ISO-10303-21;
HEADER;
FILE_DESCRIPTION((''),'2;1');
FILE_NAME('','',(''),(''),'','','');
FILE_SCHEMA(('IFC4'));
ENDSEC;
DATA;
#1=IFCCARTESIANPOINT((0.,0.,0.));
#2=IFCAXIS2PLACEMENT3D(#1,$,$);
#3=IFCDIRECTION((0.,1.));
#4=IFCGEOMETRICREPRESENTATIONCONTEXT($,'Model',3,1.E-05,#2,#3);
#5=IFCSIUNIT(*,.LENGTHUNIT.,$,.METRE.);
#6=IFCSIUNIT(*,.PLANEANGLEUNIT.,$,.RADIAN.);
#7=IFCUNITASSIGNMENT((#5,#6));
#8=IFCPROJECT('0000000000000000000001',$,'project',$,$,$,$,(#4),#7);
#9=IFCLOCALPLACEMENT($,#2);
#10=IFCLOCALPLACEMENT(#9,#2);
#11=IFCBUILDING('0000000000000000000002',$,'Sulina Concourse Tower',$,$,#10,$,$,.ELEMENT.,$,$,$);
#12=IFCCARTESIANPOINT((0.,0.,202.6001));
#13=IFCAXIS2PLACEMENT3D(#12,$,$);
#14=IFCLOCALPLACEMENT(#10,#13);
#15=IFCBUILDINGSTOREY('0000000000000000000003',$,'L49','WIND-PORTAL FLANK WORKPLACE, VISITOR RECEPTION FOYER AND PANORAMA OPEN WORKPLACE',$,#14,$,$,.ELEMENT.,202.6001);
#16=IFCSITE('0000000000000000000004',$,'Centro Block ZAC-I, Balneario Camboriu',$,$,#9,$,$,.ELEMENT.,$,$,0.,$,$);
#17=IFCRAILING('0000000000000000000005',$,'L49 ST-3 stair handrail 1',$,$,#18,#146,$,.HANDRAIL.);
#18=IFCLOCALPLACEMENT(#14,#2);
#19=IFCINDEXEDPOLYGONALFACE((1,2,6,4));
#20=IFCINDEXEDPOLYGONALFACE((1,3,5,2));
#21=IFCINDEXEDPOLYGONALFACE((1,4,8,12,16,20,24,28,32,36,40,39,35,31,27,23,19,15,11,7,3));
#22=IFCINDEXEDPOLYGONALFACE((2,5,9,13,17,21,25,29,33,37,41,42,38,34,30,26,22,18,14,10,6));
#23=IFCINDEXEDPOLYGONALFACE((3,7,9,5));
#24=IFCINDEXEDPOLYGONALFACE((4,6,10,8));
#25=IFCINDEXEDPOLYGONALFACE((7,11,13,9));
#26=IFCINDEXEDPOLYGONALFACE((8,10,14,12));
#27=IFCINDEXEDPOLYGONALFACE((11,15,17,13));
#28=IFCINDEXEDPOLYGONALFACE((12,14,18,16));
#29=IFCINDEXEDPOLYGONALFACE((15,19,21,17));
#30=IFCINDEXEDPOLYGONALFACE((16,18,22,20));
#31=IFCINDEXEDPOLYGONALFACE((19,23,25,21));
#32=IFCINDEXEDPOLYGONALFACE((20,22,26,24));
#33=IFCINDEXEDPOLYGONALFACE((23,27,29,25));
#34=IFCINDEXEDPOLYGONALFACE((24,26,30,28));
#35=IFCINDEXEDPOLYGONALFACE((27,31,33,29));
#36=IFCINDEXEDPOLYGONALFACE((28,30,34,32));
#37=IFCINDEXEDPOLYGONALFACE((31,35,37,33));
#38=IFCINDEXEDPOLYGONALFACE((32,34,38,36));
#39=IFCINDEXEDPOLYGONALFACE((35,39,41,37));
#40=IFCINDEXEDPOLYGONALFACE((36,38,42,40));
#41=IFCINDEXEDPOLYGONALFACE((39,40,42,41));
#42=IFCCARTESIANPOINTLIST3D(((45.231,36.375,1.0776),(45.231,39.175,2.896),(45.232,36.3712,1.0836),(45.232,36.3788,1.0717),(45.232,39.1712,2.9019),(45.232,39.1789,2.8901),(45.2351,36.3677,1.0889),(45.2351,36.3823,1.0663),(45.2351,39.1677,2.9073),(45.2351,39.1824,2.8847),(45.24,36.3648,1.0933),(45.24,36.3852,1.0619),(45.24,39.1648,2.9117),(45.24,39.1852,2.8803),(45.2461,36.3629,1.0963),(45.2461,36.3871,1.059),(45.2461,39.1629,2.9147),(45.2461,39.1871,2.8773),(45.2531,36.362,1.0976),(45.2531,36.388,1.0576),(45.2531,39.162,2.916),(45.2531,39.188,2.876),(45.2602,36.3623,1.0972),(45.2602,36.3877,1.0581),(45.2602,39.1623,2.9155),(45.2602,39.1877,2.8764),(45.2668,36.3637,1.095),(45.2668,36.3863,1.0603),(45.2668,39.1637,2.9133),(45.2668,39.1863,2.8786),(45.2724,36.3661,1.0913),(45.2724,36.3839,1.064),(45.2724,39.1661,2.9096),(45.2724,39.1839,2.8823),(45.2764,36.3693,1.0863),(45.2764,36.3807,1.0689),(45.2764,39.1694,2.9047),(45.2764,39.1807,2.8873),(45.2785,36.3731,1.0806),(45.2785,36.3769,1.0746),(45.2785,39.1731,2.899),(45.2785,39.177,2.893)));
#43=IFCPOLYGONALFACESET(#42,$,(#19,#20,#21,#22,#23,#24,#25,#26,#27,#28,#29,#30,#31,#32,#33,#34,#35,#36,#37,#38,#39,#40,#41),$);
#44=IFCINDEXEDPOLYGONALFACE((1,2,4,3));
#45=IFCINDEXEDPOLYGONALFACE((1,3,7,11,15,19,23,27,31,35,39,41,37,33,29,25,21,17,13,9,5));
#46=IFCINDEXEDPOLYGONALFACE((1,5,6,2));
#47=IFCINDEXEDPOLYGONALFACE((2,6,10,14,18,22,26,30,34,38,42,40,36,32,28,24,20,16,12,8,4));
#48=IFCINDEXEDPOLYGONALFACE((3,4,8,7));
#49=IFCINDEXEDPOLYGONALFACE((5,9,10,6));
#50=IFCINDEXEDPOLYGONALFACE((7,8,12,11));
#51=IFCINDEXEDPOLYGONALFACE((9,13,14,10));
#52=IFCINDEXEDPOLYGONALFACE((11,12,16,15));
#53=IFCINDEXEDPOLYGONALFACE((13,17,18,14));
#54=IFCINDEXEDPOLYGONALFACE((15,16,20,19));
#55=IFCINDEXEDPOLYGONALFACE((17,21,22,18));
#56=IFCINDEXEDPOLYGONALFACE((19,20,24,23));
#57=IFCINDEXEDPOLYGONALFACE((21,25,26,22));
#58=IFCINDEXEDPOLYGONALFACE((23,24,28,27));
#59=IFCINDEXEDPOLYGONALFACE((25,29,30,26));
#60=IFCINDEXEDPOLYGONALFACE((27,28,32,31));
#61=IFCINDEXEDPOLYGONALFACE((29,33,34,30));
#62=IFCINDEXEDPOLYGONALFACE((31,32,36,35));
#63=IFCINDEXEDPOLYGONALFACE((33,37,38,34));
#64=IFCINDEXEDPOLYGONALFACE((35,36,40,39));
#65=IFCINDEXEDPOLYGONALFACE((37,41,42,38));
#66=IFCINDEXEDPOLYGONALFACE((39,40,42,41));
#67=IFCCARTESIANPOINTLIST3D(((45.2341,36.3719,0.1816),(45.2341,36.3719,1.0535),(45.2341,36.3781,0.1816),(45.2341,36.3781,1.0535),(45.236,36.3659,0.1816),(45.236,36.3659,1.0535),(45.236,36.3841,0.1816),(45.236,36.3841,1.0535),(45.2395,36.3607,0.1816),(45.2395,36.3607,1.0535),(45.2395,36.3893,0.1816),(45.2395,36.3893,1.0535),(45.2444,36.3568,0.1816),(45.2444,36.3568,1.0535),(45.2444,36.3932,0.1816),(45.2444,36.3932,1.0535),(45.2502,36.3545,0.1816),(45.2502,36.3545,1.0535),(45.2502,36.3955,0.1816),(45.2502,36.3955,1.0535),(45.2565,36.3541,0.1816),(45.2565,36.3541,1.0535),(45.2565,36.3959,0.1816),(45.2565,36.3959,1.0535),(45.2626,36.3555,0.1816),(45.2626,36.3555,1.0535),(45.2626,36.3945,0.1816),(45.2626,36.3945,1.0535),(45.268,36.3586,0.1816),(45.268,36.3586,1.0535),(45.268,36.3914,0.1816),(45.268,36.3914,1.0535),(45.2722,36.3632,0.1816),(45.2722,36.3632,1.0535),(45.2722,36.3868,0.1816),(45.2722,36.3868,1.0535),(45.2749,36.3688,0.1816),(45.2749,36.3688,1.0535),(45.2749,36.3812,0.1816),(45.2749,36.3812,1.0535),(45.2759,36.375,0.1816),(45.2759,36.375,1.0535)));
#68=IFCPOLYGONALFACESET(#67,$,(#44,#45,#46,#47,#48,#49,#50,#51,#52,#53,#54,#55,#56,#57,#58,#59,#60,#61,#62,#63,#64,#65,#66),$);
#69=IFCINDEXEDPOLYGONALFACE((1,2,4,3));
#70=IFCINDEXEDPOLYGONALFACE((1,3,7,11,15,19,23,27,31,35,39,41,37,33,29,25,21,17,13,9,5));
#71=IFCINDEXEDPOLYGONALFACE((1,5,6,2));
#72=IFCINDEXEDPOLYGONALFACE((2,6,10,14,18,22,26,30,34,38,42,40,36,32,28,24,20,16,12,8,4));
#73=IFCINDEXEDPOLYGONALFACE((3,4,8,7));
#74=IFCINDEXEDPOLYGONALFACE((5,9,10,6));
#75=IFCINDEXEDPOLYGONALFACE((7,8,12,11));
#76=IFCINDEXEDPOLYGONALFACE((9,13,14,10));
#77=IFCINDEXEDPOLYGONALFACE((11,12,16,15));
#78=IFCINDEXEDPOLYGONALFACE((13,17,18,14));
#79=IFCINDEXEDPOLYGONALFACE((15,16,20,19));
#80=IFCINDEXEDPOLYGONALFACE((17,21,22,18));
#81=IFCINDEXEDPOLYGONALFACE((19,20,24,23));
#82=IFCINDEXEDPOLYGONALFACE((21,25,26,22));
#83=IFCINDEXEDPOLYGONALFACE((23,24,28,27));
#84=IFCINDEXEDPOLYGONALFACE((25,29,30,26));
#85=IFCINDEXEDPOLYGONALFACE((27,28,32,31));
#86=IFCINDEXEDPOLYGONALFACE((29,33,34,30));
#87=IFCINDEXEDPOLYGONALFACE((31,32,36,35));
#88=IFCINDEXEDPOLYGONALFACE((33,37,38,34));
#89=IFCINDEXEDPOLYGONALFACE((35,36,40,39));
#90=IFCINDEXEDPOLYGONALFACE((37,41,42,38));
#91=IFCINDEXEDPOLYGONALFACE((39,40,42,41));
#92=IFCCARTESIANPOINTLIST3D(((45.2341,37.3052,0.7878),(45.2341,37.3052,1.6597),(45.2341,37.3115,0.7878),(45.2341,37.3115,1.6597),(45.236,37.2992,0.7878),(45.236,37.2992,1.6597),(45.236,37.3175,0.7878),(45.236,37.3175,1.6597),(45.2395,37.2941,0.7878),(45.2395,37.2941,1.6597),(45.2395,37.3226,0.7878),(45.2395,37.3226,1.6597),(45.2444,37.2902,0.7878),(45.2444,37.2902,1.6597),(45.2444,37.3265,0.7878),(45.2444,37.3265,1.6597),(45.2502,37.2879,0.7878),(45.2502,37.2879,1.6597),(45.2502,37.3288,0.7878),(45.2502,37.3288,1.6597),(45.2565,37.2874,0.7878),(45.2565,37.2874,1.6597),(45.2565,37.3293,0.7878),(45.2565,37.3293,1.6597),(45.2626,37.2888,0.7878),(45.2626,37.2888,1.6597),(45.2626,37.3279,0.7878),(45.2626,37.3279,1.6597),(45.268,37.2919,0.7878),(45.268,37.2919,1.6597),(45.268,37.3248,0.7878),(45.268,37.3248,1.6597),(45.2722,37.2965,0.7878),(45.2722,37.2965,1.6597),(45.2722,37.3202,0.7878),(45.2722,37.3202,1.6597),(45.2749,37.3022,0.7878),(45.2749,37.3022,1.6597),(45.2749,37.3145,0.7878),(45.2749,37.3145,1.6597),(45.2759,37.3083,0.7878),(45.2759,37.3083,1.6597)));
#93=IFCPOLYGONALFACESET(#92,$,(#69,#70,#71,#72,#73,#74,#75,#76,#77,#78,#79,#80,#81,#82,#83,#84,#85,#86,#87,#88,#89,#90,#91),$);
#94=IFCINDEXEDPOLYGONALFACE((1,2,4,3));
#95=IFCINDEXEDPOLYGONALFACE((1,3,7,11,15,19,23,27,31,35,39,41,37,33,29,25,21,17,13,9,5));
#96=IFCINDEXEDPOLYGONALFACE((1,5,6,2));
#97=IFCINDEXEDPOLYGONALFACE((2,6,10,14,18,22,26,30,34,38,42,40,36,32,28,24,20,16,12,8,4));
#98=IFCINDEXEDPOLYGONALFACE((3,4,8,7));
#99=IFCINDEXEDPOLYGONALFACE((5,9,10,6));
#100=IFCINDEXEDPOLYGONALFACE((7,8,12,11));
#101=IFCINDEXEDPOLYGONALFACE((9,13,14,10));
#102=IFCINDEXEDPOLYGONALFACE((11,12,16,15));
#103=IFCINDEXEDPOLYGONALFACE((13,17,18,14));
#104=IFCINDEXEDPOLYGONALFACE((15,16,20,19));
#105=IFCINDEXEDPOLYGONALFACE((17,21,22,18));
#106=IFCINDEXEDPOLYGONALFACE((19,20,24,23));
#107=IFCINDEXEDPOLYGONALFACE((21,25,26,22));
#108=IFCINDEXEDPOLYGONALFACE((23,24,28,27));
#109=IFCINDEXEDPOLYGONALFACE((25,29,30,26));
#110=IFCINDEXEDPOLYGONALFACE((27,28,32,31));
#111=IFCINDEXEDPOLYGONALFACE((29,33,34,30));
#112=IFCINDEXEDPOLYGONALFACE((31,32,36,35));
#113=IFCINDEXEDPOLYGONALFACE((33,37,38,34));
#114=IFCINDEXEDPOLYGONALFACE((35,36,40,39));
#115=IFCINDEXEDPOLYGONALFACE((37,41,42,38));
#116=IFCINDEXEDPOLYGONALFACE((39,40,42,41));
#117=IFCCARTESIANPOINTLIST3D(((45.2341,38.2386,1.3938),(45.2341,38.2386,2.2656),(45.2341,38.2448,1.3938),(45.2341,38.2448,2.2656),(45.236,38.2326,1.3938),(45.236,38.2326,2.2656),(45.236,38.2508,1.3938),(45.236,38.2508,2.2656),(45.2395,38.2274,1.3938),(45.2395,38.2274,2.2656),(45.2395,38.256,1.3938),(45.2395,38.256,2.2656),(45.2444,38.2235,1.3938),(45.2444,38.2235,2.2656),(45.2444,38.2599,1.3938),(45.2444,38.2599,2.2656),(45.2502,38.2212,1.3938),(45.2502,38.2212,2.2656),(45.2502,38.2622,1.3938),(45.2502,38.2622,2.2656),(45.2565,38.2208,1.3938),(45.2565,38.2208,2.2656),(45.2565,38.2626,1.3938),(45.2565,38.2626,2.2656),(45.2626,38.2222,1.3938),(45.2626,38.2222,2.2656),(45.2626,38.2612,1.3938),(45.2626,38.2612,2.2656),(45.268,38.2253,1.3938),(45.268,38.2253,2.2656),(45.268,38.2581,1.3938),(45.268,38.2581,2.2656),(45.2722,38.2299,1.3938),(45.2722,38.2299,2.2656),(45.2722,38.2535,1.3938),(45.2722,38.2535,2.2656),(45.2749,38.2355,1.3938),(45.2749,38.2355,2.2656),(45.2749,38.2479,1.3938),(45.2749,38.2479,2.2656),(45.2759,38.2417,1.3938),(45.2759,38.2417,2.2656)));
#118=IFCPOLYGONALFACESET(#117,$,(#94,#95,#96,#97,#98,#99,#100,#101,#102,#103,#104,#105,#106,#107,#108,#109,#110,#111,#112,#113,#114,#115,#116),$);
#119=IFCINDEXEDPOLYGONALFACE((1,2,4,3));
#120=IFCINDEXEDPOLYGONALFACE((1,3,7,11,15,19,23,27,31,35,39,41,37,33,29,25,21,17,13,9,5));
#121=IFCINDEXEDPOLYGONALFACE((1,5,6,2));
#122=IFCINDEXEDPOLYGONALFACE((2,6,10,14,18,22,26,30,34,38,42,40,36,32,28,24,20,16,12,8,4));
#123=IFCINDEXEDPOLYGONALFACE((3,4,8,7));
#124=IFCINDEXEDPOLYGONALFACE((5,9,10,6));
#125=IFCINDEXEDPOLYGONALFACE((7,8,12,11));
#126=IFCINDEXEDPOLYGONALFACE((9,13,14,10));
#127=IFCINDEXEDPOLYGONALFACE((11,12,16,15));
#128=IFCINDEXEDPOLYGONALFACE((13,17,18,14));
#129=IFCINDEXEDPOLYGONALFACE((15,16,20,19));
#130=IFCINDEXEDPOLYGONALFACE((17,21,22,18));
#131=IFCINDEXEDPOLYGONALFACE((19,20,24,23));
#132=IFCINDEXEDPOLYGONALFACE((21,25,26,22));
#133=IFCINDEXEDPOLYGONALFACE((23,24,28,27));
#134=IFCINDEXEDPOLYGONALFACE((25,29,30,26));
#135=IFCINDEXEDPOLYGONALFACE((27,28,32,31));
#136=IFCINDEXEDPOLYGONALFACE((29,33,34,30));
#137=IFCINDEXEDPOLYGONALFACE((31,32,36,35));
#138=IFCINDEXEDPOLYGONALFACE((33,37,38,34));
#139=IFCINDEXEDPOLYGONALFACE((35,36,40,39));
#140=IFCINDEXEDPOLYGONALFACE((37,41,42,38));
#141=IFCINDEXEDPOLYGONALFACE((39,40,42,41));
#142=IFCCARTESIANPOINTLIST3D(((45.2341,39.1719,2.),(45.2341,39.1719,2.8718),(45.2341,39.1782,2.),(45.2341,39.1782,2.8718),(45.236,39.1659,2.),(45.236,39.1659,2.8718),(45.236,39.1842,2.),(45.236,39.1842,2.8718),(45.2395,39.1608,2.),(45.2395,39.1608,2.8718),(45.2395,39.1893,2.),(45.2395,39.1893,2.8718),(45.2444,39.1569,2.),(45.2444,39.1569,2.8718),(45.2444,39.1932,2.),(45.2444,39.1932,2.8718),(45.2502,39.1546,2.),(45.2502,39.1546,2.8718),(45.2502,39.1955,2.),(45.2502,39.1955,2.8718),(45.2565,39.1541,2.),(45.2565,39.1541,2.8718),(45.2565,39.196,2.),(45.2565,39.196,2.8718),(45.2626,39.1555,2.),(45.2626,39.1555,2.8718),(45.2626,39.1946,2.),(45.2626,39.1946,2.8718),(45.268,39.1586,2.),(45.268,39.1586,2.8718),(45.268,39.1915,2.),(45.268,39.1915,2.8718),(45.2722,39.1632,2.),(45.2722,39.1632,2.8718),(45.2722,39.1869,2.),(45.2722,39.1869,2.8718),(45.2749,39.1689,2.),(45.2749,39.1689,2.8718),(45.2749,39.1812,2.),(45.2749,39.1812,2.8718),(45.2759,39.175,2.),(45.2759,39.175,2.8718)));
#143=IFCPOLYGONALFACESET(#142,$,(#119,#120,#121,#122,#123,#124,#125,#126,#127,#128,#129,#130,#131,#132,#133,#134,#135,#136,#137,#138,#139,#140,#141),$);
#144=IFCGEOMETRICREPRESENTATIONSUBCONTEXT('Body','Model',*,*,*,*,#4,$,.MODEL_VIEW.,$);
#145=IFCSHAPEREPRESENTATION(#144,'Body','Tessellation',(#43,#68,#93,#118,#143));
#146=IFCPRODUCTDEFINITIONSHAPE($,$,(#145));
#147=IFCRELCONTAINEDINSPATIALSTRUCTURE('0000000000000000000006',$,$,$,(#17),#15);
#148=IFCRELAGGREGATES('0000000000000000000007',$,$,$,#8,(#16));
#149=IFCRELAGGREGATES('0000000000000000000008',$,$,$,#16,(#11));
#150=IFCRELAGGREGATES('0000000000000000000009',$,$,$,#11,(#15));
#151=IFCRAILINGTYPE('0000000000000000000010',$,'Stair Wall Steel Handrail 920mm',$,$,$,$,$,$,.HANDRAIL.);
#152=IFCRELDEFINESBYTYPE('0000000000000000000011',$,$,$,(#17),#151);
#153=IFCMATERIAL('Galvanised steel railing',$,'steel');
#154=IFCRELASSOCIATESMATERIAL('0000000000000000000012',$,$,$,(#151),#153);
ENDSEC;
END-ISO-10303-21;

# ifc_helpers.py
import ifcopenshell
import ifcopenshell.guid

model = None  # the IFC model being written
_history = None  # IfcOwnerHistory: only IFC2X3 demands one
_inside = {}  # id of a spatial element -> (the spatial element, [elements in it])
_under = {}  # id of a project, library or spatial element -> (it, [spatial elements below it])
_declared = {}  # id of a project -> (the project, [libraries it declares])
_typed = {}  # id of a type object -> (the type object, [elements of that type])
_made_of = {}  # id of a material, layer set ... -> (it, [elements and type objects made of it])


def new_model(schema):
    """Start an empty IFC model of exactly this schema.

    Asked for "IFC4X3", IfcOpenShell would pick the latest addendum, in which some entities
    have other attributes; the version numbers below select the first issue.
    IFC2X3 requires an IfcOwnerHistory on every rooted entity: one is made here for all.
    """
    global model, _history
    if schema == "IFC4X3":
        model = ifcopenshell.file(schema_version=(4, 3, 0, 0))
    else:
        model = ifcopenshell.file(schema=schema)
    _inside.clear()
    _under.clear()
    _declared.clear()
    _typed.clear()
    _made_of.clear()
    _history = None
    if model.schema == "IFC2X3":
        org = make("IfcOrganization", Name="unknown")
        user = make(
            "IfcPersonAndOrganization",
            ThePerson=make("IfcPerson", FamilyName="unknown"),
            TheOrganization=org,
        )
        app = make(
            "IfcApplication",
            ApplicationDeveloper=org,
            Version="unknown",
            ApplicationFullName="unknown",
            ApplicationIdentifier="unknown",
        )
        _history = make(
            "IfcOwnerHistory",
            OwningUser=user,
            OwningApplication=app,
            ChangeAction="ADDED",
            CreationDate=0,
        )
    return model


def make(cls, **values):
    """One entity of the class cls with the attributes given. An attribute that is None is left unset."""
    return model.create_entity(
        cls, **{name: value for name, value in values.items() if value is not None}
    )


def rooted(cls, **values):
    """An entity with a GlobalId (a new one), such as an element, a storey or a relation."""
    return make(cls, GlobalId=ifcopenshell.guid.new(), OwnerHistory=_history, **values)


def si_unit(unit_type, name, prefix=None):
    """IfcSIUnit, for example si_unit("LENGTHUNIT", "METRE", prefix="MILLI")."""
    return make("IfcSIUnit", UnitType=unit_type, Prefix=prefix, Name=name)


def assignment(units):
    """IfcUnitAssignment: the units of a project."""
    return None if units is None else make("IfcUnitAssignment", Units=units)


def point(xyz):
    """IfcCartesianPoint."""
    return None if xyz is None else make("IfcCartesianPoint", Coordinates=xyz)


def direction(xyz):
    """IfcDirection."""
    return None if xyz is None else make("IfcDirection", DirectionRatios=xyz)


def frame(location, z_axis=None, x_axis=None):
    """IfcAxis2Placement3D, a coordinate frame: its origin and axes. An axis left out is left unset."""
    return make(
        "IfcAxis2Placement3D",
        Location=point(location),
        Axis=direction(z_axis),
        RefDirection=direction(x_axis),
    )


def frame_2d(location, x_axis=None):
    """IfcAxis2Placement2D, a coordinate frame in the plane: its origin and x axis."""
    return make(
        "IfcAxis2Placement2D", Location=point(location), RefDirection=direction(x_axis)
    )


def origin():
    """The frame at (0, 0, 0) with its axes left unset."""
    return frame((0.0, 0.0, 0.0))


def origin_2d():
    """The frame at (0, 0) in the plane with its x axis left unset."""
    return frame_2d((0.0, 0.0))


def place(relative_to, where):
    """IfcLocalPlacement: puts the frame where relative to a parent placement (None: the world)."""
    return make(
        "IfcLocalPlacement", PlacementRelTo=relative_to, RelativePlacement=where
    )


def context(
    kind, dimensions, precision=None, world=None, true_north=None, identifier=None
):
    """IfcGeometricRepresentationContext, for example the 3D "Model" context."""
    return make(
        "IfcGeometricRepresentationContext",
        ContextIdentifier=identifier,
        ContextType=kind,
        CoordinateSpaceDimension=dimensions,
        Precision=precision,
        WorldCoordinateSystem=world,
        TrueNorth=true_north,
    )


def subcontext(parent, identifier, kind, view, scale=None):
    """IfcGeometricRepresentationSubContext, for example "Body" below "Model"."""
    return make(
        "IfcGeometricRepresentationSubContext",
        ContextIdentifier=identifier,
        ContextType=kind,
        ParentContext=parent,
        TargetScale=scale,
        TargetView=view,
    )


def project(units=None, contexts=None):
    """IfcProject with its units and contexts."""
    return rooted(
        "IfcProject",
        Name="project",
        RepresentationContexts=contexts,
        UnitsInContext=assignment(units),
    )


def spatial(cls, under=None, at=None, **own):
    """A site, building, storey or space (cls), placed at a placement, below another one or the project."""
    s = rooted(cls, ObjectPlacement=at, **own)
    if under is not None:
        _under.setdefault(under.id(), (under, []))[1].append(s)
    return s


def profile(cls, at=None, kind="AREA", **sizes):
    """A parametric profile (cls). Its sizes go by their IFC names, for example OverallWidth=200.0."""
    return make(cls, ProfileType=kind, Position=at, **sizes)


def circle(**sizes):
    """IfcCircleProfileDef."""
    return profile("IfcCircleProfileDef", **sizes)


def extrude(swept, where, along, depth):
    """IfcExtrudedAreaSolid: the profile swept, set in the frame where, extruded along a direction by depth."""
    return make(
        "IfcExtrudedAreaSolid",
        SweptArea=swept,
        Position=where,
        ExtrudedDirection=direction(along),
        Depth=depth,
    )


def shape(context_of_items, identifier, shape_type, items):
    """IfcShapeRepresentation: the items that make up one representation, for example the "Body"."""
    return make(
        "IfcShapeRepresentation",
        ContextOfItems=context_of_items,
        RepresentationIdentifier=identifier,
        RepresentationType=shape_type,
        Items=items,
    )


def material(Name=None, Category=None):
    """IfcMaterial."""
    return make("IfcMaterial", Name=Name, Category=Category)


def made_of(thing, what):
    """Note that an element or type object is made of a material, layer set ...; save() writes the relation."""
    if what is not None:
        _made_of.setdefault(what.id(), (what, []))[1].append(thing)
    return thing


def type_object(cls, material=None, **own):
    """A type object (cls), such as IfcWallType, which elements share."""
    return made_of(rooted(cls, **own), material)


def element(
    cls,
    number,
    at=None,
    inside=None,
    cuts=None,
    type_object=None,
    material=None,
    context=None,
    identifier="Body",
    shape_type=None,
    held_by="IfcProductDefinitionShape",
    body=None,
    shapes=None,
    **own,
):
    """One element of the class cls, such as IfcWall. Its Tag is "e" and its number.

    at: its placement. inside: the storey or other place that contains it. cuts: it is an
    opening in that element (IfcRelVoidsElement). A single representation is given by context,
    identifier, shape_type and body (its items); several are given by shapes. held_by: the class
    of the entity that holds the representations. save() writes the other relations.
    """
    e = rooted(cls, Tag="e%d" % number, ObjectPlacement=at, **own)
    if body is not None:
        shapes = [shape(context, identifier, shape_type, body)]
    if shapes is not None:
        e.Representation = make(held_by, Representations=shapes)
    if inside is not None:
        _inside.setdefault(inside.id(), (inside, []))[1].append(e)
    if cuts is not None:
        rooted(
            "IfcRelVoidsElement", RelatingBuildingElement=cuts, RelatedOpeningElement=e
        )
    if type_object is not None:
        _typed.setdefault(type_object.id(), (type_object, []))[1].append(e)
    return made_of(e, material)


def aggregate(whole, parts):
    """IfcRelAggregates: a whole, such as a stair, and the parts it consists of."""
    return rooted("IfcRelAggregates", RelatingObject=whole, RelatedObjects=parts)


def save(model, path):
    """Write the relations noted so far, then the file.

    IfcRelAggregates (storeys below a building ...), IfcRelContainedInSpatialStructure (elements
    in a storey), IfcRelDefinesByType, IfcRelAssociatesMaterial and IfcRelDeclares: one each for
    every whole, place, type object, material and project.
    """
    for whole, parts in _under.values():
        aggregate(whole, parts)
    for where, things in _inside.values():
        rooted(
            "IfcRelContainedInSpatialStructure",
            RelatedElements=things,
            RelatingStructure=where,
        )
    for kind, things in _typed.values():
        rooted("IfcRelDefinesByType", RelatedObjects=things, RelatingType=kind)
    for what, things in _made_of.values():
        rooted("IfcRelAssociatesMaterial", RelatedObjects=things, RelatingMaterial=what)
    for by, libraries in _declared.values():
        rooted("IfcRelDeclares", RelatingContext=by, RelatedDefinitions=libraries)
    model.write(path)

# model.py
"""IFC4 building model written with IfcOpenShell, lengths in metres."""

from ifc_helpers import new_model, si_unit, direction, frame, origin, origin_2d, place, context, subcontext, project, spatial, circle, extrude, material, type_object, element, save


model = new_model("IFC4")

# Units and contexts
model_context = context("Model", 3, precision=1e-05, world=origin(), true_north=direction((0.0, 1.0)))
body_context = subcontext(model_context, "Body", "Model", "MODEL_VIEW")
ifc_project = project(units=[si_unit("LENGTHUNIT", "METRE"), si_unit("PLANEANGLEUNIT", "RADIAN")], contexts=[model_context])

# Site, building, storey
site_placement = place(None, origin())
site = spatial("IfcSite", under=ifc_project, at=site_placement, Name="Centro Block ZAC-I, Balneario Camboriu", CompositionType="ELEMENT", RefElevation=0.0)
building_placement = place(site_placement, origin())
building = spatial("IfcBuilding", under=site, at=building_placement, Name="Sulina Concourse Tower", CompositionType="ELEMENT")
storey_placement = place(building_placement, frame((0.0, 0.0, 202.6001)))
storey = spatial("IfcBuildingStorey", under=building, at=storey_placement, Name="L49", Description="WIND-PORTAL FLANK WORKPLACE, VISITOR RECEPTION FOYER AND PANORAMA OPEN WORKPLACE", CompositionType="ELEMENT", Elevation=202.6001)

# Railing
ifc_material_1 = material(Name="Galvanised steel railing", Category="steel")
railing_type_1 = type_object("IfcRailingType", Name="Stair Wall Steel Handrail 920mm", PredefinedType="HANDRAIL", material=ifc_material_1)
railing_1_placement = place(storey_placement, frame((45.2549, 36.375, 0.1816)))
element("IfcRailing", 1, at=railing_1_placement, inside=storey, type_object=railing_type_1, Name="L49 ST-3 stair handrail 1", PredefinedType="HANDRAIL", context=body_context, shape_type="SweptSolid", body=[
    extrude(circle(Radius=0.0239, at=origin_2d()), frame((0.0, 0.0, 0.896), z_axis=(0.0, 0.838672, 0.544636), x_axis=(-1.0, 0.0, 0.0)), (0.0, 0.0, 1.0), 3.3386),
    extrude(circle(Radius=0.021, at=origin_2d()), origin(), (0.0, 0.0, 1.0), 0.8718),
    extrude(circle(Radius=0.021, at=origin_2d()), frame((0.0, 0.9333, 0.6062)), (0.0, 0.0, 1.0), 0.8718),
    extrude(circle(Radius=0.021, at=origin_2d()), frame((0.0, 1.8667, 1.2122)), (0.0, 0.0, 1.0), 0.8718),
    extrude(circle(Radius=0.021, at=origin_2d()), frame((0.0, 2.8, 1.8184)), (0.0, 0.0, 1.0), 0.8718),
])

save(model, "model.ifc")
